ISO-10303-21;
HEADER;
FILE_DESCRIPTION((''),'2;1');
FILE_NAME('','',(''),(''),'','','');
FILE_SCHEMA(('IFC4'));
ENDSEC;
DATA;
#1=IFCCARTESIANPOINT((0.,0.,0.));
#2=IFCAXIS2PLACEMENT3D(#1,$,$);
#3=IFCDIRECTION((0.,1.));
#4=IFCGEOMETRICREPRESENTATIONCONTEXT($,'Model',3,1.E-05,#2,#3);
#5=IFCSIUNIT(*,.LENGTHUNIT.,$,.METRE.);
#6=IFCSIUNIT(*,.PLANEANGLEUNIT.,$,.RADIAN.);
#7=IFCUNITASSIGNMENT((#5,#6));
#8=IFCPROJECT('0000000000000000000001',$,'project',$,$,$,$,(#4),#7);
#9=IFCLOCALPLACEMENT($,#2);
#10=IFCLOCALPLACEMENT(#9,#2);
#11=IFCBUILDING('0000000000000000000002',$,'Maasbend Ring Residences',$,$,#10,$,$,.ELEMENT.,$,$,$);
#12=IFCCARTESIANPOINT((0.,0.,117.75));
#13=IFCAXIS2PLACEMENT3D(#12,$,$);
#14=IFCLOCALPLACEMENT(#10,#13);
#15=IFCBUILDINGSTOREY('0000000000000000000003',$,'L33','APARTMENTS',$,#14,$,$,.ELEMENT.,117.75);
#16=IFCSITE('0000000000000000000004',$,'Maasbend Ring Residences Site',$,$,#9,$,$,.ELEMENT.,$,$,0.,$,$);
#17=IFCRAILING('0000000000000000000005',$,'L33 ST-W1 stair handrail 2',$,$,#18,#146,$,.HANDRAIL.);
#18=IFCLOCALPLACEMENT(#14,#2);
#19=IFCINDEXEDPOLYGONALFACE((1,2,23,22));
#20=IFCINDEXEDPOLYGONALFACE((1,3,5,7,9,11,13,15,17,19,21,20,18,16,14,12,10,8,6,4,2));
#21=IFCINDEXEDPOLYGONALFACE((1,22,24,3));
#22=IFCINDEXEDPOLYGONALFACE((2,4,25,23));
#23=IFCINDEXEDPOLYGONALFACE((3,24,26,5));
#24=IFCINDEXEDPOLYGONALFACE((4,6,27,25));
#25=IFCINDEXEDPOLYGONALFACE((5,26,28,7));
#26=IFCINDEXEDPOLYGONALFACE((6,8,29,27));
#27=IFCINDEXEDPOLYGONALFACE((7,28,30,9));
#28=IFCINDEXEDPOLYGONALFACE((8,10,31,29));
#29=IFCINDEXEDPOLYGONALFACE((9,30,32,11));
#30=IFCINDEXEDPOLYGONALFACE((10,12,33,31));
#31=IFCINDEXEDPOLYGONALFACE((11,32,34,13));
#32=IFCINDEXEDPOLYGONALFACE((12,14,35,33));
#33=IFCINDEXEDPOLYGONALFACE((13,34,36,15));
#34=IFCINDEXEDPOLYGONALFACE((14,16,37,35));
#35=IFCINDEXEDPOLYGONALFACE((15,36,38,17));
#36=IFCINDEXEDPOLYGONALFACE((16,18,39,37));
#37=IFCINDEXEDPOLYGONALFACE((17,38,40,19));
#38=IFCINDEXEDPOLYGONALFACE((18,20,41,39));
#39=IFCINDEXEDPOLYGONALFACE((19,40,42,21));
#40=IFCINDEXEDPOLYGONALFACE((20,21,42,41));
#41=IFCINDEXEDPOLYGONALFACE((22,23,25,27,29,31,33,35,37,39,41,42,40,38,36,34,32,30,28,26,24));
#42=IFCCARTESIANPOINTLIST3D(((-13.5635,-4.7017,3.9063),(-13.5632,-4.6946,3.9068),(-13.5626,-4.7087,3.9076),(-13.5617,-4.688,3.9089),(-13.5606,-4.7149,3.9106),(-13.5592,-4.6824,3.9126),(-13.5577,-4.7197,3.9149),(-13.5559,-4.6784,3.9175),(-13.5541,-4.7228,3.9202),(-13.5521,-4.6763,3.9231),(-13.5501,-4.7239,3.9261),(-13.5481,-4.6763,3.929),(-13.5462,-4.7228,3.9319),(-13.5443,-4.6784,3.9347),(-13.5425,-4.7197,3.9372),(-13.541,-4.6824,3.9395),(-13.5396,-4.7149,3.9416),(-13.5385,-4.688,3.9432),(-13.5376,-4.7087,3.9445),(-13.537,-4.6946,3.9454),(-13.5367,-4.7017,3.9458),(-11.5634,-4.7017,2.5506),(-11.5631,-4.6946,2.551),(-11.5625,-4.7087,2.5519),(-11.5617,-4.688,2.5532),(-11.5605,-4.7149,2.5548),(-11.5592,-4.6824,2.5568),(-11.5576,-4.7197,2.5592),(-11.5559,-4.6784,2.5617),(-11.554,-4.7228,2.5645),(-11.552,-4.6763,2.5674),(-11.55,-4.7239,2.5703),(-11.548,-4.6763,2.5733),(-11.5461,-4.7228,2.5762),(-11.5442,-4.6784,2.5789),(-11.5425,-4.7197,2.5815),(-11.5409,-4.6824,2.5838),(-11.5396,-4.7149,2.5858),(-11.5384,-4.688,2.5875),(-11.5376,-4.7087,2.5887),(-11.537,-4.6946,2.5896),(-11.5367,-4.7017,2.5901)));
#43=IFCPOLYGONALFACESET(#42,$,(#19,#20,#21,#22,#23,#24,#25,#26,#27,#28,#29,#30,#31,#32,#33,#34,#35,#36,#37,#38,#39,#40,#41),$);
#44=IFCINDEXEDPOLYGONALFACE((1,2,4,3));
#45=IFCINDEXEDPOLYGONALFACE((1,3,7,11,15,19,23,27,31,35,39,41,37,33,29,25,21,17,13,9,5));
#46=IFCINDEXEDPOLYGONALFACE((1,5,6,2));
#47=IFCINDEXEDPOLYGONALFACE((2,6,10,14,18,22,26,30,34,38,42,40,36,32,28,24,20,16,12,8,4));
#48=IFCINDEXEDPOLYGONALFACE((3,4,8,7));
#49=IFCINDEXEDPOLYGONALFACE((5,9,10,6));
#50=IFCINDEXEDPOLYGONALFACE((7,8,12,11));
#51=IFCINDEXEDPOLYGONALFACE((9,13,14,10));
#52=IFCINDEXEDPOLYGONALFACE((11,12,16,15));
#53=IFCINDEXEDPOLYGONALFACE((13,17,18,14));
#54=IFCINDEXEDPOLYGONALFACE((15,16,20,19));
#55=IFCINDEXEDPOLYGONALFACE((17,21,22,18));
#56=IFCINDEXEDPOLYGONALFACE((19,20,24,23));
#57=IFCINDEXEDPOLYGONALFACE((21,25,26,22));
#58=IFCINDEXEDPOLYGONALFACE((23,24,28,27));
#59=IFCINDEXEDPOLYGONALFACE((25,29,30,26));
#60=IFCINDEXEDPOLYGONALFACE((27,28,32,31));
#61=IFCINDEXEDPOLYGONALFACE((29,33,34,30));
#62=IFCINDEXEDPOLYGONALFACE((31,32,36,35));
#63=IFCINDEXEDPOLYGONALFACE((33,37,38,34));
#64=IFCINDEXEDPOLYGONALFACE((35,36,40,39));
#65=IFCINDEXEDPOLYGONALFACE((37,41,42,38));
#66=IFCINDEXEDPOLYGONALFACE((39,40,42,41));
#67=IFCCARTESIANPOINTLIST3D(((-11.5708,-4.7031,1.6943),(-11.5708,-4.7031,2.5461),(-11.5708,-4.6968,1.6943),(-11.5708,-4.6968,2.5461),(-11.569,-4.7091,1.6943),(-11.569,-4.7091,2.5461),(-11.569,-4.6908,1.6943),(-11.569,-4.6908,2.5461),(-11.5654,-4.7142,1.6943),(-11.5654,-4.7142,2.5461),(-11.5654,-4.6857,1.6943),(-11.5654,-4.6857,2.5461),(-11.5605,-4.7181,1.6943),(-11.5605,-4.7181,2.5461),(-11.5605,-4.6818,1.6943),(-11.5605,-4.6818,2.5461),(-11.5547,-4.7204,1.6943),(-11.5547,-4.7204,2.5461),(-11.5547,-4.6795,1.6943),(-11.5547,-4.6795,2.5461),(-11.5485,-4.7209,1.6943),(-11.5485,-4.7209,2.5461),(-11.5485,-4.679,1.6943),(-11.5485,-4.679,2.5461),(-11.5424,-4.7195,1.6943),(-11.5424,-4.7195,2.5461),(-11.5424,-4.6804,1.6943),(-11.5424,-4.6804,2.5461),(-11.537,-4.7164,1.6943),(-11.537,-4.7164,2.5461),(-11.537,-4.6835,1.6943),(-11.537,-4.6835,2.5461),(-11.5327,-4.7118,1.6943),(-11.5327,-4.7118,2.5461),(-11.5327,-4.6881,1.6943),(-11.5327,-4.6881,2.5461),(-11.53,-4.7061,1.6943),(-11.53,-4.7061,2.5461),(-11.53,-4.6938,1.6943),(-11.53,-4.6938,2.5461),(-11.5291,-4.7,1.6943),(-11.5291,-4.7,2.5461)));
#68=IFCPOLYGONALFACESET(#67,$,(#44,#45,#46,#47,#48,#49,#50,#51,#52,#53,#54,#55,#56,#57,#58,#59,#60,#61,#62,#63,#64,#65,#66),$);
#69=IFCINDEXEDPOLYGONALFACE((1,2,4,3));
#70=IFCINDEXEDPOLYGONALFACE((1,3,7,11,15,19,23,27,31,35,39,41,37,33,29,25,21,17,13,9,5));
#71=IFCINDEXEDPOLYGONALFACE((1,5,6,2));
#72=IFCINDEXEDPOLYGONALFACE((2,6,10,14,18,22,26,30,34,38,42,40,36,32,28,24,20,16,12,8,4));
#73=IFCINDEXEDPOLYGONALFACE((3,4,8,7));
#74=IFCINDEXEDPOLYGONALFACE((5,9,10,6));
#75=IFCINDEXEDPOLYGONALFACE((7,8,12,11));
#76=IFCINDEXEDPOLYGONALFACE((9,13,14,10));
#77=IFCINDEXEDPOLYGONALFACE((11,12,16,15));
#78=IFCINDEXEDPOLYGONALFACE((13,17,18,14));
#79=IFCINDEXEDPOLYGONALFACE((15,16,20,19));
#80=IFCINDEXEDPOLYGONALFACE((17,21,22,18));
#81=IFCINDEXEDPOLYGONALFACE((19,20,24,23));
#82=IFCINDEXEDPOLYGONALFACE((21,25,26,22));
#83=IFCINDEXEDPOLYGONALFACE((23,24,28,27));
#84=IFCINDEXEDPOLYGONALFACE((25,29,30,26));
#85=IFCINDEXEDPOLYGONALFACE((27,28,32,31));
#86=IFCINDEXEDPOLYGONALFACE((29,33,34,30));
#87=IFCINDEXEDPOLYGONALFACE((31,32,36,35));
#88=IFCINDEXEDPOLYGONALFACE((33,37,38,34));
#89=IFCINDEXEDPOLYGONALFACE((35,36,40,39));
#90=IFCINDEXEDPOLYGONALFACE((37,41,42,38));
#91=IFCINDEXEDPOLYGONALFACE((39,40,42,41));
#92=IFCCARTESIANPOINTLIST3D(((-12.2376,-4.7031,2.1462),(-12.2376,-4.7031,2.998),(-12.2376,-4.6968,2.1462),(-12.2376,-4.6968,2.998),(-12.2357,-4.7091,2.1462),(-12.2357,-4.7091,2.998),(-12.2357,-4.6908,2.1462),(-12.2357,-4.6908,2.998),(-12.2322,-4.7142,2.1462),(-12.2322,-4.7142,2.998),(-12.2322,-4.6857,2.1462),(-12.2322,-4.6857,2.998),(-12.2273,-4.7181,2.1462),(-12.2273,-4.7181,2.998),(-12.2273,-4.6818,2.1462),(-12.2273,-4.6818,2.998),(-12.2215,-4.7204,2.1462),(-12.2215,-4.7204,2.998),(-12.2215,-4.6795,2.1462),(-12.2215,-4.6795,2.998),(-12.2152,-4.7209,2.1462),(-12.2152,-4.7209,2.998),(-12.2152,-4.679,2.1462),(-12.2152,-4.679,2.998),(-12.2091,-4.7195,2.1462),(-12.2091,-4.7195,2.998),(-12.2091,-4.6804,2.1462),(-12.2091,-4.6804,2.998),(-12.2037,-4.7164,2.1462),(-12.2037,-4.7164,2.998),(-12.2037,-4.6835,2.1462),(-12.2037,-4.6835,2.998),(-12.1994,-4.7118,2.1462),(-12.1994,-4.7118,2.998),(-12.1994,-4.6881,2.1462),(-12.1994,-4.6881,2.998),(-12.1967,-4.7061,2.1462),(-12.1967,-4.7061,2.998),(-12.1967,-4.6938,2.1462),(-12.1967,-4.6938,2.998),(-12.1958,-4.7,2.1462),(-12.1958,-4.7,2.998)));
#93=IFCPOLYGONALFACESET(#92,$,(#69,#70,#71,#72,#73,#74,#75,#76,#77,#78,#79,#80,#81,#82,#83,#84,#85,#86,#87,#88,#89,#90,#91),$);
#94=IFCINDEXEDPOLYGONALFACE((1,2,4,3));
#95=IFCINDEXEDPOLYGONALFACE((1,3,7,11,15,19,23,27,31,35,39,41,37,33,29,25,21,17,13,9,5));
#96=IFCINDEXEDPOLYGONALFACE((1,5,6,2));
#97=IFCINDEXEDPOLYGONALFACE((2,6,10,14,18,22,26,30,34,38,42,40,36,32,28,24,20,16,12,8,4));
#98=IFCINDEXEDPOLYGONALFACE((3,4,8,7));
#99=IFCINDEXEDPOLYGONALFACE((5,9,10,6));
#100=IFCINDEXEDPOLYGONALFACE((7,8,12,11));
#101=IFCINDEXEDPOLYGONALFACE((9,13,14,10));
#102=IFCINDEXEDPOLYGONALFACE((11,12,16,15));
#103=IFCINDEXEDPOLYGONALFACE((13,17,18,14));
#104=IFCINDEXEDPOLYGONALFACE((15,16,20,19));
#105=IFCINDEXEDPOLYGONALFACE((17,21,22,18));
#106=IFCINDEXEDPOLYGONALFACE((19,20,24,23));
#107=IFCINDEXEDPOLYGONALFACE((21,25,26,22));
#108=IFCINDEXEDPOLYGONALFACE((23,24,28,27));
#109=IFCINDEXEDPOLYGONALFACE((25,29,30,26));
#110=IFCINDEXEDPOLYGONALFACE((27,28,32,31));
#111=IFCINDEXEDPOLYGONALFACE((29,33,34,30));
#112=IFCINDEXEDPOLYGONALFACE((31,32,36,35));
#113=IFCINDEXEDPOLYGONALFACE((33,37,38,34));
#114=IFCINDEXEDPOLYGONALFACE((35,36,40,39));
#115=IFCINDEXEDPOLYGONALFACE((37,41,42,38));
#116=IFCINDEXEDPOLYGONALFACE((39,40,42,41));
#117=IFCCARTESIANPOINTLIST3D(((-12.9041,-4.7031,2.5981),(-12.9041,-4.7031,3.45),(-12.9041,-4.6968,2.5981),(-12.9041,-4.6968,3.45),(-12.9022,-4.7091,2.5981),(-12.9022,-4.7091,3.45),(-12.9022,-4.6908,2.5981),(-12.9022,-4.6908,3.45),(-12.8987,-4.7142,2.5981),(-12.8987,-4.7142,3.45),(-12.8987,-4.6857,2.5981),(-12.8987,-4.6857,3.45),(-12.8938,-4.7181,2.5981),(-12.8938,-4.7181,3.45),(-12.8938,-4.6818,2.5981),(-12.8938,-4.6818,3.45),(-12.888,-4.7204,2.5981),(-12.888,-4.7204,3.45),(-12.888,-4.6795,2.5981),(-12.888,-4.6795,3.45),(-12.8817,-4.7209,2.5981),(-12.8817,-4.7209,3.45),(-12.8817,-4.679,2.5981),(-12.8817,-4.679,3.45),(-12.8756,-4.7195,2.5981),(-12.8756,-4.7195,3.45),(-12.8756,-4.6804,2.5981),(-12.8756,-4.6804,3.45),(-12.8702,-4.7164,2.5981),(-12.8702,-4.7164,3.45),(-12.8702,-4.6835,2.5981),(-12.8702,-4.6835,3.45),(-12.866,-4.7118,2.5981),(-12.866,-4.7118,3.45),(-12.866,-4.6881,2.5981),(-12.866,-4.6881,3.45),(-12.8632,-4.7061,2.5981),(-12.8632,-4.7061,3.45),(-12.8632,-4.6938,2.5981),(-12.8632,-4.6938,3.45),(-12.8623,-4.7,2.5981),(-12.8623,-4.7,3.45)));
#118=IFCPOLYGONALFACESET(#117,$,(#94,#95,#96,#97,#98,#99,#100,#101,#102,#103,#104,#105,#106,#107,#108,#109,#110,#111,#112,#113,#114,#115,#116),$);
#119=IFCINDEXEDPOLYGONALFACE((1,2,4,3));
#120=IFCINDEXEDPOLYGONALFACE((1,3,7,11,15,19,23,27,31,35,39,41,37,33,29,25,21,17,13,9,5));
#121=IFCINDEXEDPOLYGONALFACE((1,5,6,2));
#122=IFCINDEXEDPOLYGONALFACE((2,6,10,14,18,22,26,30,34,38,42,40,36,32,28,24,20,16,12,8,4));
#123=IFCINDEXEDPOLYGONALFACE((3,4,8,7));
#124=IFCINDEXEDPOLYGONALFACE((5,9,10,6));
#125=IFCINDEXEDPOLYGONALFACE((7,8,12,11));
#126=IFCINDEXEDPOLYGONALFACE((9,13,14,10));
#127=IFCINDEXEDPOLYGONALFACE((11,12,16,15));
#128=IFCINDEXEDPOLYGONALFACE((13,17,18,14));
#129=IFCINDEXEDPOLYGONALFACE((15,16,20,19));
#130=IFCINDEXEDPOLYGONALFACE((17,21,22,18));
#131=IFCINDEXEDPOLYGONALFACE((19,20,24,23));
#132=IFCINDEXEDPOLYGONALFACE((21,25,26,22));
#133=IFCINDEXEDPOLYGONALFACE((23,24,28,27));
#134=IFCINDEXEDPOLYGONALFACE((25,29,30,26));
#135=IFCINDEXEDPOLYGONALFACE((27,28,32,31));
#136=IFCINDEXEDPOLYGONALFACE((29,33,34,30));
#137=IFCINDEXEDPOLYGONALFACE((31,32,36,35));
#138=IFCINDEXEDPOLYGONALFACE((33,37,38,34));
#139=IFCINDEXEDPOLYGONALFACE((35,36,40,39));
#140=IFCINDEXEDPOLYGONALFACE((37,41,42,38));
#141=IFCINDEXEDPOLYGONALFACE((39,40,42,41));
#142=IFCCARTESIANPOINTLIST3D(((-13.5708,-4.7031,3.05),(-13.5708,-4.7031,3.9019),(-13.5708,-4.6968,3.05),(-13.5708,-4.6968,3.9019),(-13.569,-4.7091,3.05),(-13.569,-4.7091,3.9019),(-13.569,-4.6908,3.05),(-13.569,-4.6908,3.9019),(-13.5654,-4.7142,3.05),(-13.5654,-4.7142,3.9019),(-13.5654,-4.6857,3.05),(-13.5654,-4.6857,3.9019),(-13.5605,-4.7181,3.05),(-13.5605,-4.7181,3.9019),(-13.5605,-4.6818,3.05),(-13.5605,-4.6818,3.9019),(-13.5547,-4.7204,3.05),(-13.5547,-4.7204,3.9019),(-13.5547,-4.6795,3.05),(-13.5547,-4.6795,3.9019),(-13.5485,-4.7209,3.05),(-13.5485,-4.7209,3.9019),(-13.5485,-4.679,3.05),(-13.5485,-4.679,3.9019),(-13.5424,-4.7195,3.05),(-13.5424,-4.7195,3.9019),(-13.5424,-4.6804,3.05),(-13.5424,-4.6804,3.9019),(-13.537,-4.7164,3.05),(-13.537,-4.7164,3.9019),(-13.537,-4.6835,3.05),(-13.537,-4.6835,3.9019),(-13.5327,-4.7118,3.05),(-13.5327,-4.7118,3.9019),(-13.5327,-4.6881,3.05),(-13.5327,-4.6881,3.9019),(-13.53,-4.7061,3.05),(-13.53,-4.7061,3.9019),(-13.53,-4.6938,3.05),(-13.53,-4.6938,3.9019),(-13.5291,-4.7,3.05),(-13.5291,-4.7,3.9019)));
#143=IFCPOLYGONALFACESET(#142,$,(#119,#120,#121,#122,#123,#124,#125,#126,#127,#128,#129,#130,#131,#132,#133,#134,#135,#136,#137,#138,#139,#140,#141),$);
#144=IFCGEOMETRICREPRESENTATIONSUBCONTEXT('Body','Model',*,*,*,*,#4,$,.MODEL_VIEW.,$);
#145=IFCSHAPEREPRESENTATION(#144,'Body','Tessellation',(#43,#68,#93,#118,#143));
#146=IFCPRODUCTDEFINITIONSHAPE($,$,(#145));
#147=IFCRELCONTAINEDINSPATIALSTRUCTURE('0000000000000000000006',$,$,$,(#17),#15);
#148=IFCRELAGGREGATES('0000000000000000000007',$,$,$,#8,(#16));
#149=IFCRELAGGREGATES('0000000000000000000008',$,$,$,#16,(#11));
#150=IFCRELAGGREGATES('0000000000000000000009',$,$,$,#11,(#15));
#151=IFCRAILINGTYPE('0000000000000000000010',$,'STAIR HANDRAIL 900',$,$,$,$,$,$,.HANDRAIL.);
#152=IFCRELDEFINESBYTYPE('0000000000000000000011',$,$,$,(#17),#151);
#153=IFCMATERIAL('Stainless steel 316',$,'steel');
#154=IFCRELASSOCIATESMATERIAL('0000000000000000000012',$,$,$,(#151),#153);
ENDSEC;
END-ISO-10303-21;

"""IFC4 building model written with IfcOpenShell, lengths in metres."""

from ifc_helpers import new_model, si_unit, direction, frame, origin, origin_2d, place, context, subcontext, project, spatial, circle, extrude, material, type_object, element, save


model = new_model("IFC4")

# Units and contexts
model_context = context("Model", 3, precision=1e-05, world=origin(), true_north=direction((0.0, 1.0)))
body_context = subcontext(model_context, "Body", "Model", "MODEL_VIEW")
ifc_project = project(units=[si_unit("LENGTHUNIT", "METRE"), si_unit("PLANEANGLEUNIT", "RADIAN")], contexts=[model_context])

# Site, building, storey
site_placement = place(None, origin())
site = spatial("IfcSite", under=ifc_project, at=site_placement, Name="Maasbend Ring Residences Site", CompositionType="ELEMENT", RefElevation=0.0)
building_placement = place(site_placement, origin())
building = spatial("IfcBuilding", under=site, at=building_placement, Name="Maasbend Ring Residences", CompositionType="ELEMENT")
storey_placement = place(building_placement, frame((0.0, 0.0, 117.75)))
storey = spatial("IfcBuildingStorey", under=building, at=storey_placement, Name="L33", Description="APARTMENTS", CompositionType="ELEMENT", Elevation=117.75)

# Railing
ifc_material_1 = material(Name="Stainless steel 316", Category="steel")
railing_type_1 = type_object("IfcRailingType", Name="STAIR HANDRAIL 900", PredefinedType="HANDRAIL", material=ifc_material_1)
railing_1_placement = place(storey_placement, frame((-11.55, -4.7, 1.6943)))
element("IfcRailing", 1, at=railing_1_placement, inside=storey, type_object=railing_type_1, Name="L33 ST-W1 stair handrail 2", PredefinedType="HANDRAIL", context=body_context, shape_type="SweptSolid", body=[
    extrude(circle(Radius=0.0239, at=origin_2d()), frame((0.0, 0.0, 0.876), z_axis=(-0.827751, 0.0, 0.561096), x_axis=(0.0, -1.0, 0.0)), (0.0, 0.0, 1.0), 2.4163),
    extrude(circle(Radius=0.021, at=origin_2d()), origin(), (0.0, 0.0, 1.0), 0.8518),
    extrude(circle(Radius=0.021, at=origin_2d()), frame((-0.6667, 0.0, 0.4519)), (0.0, 0.0, 1.0), 0.8518),
    extrude(circle(Radius=0.021, at=origin_2d()), frame((-1.3333, 0.0, 0.9038)), (0.0, 0.0, 1.0), 0.8518),
    extrude(circle(Radius=0.021, at=origin_2d()), frame((-2.0, 0.0, 1.3557)), (0.0, 0.0, 1.0), 0.8518),
])

save(model, "model.ifc")
